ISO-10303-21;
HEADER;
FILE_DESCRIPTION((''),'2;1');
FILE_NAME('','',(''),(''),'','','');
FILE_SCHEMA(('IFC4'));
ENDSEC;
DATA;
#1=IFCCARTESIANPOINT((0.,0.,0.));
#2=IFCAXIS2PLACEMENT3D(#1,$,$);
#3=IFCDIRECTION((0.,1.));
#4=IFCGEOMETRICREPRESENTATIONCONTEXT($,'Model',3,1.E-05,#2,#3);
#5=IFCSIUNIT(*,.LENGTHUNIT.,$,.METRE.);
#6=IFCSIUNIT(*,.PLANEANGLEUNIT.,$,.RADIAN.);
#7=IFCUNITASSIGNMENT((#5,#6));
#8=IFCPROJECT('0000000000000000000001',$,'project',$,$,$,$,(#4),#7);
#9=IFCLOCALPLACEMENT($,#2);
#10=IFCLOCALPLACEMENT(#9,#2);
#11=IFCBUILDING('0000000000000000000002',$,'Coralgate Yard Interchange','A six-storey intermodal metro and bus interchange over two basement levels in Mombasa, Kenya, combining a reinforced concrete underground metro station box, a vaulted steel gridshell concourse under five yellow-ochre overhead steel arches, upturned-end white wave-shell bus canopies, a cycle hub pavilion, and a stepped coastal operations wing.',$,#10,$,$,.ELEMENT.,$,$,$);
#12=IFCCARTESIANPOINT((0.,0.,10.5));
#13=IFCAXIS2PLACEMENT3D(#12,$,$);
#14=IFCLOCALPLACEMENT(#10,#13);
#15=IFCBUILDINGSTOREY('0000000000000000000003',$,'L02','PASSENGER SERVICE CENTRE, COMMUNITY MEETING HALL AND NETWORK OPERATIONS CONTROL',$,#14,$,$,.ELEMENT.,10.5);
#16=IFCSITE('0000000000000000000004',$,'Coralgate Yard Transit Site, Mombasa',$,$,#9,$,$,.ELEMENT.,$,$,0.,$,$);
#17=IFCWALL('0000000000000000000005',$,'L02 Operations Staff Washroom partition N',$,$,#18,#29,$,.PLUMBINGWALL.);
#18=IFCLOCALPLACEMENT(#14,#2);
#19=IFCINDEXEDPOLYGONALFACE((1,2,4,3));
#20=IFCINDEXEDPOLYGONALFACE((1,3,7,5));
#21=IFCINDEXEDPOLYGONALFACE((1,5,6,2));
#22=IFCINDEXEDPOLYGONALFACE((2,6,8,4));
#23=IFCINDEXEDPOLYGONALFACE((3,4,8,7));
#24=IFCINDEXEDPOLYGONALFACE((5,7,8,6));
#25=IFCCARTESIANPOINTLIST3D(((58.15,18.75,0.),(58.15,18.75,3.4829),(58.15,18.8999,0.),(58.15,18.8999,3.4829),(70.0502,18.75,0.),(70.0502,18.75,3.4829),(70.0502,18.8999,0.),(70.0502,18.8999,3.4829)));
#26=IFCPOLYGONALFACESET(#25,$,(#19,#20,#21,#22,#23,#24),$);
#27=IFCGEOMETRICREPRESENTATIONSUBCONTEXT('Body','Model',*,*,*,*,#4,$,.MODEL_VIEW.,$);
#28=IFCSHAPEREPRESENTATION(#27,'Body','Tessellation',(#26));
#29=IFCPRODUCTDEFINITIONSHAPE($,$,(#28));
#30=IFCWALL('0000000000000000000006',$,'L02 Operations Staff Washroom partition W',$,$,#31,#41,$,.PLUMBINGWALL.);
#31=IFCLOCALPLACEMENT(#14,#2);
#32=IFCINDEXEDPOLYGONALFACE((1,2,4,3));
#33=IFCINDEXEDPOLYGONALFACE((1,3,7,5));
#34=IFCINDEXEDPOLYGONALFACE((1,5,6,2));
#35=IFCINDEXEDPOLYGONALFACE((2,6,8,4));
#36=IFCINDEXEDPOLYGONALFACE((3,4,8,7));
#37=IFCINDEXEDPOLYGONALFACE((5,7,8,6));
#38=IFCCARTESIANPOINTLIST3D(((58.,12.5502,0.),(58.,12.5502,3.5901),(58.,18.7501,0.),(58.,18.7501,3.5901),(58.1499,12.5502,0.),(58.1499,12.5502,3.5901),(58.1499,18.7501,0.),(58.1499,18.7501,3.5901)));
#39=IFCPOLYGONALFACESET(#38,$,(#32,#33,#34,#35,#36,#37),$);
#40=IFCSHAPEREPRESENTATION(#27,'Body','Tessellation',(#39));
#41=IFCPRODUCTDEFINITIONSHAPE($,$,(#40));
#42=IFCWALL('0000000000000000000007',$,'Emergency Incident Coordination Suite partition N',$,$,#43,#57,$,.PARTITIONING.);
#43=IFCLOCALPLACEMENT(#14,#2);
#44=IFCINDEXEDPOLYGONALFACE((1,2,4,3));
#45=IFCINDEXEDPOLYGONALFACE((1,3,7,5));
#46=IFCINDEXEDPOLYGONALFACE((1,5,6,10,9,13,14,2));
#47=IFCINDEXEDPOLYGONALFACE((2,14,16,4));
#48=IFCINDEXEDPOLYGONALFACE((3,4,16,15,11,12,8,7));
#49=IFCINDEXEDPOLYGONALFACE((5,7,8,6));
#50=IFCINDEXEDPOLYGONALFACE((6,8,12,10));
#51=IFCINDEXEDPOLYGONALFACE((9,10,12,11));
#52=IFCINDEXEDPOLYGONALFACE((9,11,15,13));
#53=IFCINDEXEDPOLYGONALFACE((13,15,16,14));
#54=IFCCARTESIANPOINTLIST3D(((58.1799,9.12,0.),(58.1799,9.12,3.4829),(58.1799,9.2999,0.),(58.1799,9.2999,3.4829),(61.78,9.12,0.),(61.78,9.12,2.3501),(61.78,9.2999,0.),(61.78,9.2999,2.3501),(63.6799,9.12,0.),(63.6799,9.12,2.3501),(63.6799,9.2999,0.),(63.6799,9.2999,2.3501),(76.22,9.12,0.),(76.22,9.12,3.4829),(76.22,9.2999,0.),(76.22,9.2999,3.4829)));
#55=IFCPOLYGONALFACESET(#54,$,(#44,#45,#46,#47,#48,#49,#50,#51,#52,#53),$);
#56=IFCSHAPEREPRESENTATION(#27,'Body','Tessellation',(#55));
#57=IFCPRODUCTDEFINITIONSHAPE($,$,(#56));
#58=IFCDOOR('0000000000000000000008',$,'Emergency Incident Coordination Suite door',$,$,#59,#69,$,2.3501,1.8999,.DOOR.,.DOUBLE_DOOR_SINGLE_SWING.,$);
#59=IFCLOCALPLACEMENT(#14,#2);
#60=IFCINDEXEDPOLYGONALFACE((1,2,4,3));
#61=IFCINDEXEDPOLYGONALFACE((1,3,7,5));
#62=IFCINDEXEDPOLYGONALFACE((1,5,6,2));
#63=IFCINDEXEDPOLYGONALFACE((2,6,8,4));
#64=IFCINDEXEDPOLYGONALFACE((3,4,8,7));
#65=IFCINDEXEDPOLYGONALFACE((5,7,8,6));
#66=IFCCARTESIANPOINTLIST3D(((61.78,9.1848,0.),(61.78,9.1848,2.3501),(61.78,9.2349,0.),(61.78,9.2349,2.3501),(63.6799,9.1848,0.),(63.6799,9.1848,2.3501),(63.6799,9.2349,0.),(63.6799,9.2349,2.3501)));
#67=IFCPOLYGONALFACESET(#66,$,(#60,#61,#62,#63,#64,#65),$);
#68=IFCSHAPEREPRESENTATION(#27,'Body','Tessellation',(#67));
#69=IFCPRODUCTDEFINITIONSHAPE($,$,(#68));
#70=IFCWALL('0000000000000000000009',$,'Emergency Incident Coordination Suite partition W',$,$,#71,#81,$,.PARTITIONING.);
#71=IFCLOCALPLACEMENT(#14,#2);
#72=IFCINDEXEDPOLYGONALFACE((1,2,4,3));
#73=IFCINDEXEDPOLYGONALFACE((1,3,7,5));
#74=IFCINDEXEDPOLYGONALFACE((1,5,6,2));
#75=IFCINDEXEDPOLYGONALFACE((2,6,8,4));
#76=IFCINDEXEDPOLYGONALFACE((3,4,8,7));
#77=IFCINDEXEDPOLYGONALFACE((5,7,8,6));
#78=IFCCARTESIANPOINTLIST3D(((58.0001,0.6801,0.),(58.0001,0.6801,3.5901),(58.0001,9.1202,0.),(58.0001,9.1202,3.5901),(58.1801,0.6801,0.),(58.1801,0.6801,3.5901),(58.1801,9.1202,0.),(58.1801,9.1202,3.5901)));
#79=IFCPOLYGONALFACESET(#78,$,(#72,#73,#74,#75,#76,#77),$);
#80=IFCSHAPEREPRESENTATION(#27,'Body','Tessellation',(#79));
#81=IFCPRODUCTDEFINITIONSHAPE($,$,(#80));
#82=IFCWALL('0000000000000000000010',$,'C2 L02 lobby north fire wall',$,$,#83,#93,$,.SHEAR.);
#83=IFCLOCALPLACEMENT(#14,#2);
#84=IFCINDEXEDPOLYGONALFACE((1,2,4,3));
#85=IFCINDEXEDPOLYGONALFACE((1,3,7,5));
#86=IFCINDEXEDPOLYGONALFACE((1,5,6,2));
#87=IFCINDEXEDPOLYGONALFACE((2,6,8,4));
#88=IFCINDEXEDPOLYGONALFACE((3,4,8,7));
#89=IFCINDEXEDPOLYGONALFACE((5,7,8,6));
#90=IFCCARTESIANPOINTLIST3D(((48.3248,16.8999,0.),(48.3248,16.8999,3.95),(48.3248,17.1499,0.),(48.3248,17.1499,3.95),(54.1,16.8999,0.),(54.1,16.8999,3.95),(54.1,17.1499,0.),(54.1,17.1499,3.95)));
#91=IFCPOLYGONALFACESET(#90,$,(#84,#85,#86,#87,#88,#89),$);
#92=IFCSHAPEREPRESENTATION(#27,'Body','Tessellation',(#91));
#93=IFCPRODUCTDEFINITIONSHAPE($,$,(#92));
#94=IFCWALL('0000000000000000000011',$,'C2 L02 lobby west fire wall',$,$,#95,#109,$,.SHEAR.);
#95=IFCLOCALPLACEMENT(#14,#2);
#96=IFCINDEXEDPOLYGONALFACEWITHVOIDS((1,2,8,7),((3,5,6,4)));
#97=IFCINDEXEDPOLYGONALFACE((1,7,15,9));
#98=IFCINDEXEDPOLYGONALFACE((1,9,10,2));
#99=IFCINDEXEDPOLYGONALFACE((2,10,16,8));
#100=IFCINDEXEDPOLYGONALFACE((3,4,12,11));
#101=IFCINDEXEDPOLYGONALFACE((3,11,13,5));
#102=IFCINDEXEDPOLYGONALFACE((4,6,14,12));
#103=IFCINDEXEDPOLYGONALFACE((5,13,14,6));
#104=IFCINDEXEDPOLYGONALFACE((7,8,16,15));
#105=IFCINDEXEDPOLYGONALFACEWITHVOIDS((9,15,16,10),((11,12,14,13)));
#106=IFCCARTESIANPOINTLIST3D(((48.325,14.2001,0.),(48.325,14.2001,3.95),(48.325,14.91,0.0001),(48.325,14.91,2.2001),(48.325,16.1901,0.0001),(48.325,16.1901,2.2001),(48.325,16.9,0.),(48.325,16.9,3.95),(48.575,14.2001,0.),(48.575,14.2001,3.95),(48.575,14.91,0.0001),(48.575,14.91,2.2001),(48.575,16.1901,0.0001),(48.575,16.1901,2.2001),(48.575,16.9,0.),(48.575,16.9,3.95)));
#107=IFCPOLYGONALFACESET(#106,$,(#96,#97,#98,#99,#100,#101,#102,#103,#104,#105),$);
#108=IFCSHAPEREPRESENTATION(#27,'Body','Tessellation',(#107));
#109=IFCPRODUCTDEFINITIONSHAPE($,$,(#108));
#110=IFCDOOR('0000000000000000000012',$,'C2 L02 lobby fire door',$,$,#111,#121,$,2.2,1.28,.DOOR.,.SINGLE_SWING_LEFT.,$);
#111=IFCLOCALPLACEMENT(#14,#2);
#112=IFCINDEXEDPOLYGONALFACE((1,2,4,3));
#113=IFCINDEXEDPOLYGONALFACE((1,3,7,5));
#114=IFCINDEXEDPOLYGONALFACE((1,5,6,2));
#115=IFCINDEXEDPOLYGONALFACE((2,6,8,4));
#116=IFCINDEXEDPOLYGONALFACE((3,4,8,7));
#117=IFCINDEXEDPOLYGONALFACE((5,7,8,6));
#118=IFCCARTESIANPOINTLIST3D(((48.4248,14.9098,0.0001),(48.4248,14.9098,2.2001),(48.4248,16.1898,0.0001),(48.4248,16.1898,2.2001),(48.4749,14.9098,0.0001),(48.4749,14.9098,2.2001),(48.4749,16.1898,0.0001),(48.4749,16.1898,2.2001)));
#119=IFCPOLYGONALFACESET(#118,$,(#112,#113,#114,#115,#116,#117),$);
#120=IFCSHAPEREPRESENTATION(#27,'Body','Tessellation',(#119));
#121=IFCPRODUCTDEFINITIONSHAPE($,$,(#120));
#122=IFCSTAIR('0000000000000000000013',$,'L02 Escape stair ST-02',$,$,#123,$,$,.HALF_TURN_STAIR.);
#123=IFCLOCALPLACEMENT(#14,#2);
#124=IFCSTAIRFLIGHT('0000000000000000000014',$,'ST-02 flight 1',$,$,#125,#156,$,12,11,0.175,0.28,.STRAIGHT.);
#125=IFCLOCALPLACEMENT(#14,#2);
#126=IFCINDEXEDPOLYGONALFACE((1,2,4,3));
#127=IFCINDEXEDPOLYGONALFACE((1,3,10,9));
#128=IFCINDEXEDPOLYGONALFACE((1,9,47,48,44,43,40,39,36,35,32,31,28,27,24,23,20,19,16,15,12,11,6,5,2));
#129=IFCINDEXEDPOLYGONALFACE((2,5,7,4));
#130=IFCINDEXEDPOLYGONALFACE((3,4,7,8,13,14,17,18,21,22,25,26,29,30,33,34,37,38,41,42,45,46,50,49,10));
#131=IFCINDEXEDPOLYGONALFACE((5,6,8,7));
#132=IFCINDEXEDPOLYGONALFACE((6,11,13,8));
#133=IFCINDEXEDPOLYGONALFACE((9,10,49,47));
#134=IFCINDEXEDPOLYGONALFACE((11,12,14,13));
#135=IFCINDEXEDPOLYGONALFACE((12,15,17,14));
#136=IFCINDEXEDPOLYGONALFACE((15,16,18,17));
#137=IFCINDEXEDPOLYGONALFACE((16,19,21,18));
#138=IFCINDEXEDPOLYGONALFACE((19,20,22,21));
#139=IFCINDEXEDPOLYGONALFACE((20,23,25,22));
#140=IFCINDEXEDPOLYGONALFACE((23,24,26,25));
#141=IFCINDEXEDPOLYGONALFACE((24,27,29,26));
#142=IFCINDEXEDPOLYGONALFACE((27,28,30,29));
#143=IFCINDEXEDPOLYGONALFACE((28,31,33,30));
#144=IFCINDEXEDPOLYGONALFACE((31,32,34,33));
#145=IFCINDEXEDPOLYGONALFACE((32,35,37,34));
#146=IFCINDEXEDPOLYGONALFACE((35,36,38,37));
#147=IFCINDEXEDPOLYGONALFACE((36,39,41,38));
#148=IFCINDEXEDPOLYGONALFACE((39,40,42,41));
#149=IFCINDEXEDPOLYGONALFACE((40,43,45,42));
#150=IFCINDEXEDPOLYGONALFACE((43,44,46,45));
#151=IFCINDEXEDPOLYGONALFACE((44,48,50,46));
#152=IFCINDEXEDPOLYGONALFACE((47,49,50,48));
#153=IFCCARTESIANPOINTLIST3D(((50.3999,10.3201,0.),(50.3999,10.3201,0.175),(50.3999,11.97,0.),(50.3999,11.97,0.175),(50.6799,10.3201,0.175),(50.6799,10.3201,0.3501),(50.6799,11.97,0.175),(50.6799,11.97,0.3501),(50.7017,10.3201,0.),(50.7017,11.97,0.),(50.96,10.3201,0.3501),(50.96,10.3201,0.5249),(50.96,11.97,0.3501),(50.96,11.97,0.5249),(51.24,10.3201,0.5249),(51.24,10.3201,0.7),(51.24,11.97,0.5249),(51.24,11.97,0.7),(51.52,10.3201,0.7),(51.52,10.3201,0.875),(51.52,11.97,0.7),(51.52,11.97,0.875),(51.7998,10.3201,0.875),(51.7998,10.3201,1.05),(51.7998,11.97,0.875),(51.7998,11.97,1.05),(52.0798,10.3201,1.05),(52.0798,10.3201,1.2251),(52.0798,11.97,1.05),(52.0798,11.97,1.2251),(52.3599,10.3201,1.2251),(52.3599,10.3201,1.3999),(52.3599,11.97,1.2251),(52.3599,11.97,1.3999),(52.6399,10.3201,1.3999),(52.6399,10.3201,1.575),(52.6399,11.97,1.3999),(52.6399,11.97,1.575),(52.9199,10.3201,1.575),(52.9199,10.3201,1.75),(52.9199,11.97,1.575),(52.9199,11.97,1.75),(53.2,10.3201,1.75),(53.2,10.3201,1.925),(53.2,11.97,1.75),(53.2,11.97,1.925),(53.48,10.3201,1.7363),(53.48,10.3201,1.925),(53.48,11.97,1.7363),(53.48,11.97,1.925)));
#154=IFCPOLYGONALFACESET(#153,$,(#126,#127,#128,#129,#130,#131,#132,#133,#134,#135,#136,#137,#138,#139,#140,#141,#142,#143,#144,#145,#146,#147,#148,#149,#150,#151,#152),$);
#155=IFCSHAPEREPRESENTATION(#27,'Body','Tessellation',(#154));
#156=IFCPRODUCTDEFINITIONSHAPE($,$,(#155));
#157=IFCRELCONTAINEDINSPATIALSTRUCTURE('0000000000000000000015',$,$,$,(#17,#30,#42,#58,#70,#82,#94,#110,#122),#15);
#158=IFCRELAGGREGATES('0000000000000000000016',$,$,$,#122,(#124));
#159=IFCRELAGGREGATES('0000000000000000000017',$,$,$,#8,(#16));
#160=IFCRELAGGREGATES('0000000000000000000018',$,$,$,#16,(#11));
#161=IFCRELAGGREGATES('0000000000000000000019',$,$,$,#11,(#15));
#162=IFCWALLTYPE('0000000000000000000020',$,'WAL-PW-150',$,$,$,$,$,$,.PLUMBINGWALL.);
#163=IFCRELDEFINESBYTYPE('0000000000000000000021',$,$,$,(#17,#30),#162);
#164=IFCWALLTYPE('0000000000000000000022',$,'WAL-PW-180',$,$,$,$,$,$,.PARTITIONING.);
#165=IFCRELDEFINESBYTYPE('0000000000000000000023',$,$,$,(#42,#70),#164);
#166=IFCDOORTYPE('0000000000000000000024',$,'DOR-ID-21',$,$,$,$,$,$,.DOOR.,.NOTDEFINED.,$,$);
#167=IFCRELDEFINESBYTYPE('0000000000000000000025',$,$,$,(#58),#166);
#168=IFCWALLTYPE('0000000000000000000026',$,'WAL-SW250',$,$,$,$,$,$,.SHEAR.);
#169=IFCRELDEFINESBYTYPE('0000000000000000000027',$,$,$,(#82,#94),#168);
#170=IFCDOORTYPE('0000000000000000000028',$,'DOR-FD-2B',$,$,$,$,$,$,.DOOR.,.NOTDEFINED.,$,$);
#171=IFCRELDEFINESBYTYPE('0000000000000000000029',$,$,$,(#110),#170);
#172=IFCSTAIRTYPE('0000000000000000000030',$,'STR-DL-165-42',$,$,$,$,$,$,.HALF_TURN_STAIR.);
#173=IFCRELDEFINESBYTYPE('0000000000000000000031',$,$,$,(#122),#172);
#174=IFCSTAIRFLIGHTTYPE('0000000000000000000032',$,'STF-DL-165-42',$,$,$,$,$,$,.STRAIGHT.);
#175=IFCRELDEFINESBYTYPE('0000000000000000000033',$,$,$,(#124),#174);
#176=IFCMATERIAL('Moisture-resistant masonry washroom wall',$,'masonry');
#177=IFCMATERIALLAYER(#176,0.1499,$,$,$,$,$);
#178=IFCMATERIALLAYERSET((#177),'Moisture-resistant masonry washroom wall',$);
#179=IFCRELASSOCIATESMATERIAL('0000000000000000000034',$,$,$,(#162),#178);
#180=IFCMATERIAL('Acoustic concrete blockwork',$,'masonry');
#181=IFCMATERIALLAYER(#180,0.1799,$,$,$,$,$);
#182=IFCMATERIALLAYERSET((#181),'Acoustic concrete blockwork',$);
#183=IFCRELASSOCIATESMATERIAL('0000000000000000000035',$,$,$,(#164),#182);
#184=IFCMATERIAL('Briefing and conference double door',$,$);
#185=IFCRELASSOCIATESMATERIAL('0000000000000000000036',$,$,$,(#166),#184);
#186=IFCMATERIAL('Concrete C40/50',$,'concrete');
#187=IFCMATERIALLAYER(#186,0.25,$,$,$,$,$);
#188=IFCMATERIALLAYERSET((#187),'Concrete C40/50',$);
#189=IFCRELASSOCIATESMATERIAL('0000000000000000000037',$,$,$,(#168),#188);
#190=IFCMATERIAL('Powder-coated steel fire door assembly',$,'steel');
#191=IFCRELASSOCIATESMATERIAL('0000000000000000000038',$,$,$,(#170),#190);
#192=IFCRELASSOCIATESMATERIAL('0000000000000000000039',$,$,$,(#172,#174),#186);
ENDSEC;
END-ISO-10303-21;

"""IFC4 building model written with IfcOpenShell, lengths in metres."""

from ifc_helpers import new_model, si_unit, direction, frame, frame_2d, origin, place, context, subcontext, project, spatial, polyline, rectangle, outline, extrude, material, layer, layer_set, type_object, element, fill, aggregate, save


model = new_model("IFC4")

# Units and contexts
model_context = context("Model", 3, precision=1e-05, world=origin(), true_north=direction((0.0, 1.0)))
body_context = subcontext(model_context, "Body", "Model", "MODEL_VIEW")
ifc_project = project(units=[si_unit("LENGTHUNIT", "METRE"), si_unit("PLANEANGLEUNIT", "RADIAN")], contexts=[model_context])

# Site, building, storey
site_placement = place(None, origin())
site = spatial("IfcSite", under=ifc_project, at=site_placement, Name="Coralgate Yard Transit Site, Mombasa", CompositionType="ELEMENT", RefElevation=0.0)
building_placement = place(site_placement, origin())
building = spatial("IfcBuilding", under=site, at=building_placement, Name="Coralgate Yard Interchange", Description="A six-storey intermodal metro and bus interchange over two basement levels in Mombasa, Kenya, combining a reinforced concrete underground metro station box, a vaulted steel gridshell concourse under five yellow-ochre overhead steel arches, upturned-end white wave-shell bus canopies, a cycle hub pavilion, and a stepped coastal operations wing.", CompositionType="ELEMENT")
storey_placement = place(building_placement, frame((0.0, 0.0, 10.5)))
storey = spatial("IfcBuildingStorey", under=building, at=storey_placement, Name="L02", Description="PASSENGER SERVICE CENTRE, COMMUNITY MEETING HALL AND NETWORK OPERATIONS CONTROL", CompositionType="ELEMENT", Elevation=10.5)

# Shared definitions
ifc_material_1 = material(Name="Concrete C40/50", Category="concrete")

# Shared definitions
ifc_material_2 = material(Name="Powder-coated steel fire door assembly", Category="steel")

# Walls
ifc_material_3 = material(Name="Moisture-resistant masonry washroom wall", Category="masonry")
ifc_layer_1 = layer(ifc_material_3, 0.1499)
ifc_layer_set_1 = layer_set([ifc_layer_1], Name="Moisture-resistant masonry washroom wall")
wall_type_1 = type_object("IfcWallType", Name="WAL-PW-150", PredefinedType="PLUMBINGWALL", material=ifc_layer_set_1)
wall_1_placement = place(storey_placement, frame((58.1499, 18.825, 0.0), z_axis=(0.0, 0.0, 1.0), x_axis=(1.0, 0.0, 0.0)))
element("IfcWall", 1, at=wall_1_placement, inside=storey, type_object=wall_type_1, Name="L02 Operations Staff Washroom partition N", PredefinedType="PLUMBINGWALL", context=body_context, shape_type="SweptSolid", body=[
    extrude(rectangle(XDim=11.9001, YDim=0.1499, at=frame_2d((5.9502, 0.0))), origin(), (0.0, 0.0, 1.0), 3.4829),
])
wall_2_placement = place(storey_placement, frame((58.075, 12.55, 0.0), z_axis=(0.0, 0.0, 1.0), x_axis=(0.0, 1.0, 0.0)))
element("IfcWall", 2, at=wall_2_placement, inside=storey, type_object=wall_type_1, Name="L02 Operations Staff Washroom partition W", PredefinedType="PLUMBINGWALL", context=body_context, shape_type="SweptSolid", body=[
    extrude(rectangle(XDim=6.2, YDim=0.1499, at=frame_2d((3.1001, 0.0))), origin(), (0.0, 0.0, 1.0), 3.5901),
])

# Wall, opening, door
ifc_material_4 = material(Name="Acoustic concrete blockwork", Category="masonry")
ifc_layer_2 = layer(ifc_material_4, 0.1799)
ifc_layer_set_2 = layer_set([ifc_layer_2], Name="Acoustic concrete blockwork")
wall_type_2 = type_object("IfcWallType", Name="WAL-PW-180", PredefinedType="PARTITIONING", material=ifc_layer_set_2)
wall_3_placement = place(storey_placement, frame((58.1799, 9.21, 0.0), z_axis=(0.0, 0.0, 1.0), x_axis=(1.0, 0.0, 0.0)))
wall_3 = element("IfcWall", 3, at=wall_3_placement, inside=storey, type_object=wall_type_2, Name="Emergency Incident Coordination Suite partition N", PredefinedType="PARTITIONING", context=body_context, shape_type="SweptSolid", body=[
    extrude(rectangle(XDim=18.04, YDim=0.1799, at=frame_2d((9.02, 0.0))), origin(), (0.0, 0.0, 1.0), 3.4829),
])
opening_1_placement = place(wall_3_placement, frame((3.6001, 0.0, 0.0)))
opening_1 = element("IfcOpeningElement", 4, at=opening_1_placement, cuts=wall_3, PredefinedType="OPENING", context=body_context, shape_type="SweptSolid", body=[
    extrude(rectangle(XDim=1.8999, YDim=2.3501, at=frame_2d((0.95, 1.175))), frame((0.0, 0.0999, 0.0), z_axis=(0.0, -1.0, 0.0), x_axis=(1.0, 0.0, 0.0)), (0.0, 0.0, 1.0), 0.2),
])
ifc_material_5 = material(Name="Briefing and conference double door")
door_type_1 = type_object("IfcDoorType", Name="DOR-ID-21", OperationType="NOTDEFINED", PredefinedType="DOOR", material=ifc_material_5)
door_1_placement = place(opening_1_placement, origin())
door_1 = element("IfcDoor", 5, at=door_1_placement, inside=storey, type_object=door_type_1, Name="Emergency Incident Coordination Suite door", OperationType="DOUBLE_DOOR_SINGLE_SWING", OverallHeight=2.3501, OverallWidth=1.8999, PredefinedType="DOOR", context=body_context, shape_type="SweptSolid", body=[
    extrude(rectangle(XDim=1.8999, YDim=2.3501, at=frame_2d((0.95, 1.175))), frame((0.0, 0.0249, 0.0), z_axis=(0.0, -1.0, 0.0), x_axis=(1.0, 0.0, 0.0)), (0.0, 0.0, 1.0), 0.05),
])
fill(opening_1, door_1)

# Walls
wall_4_placement = place(storey_placement, frame((58.0901, 0.6799, 0.0), z_axis=(0.0, 0.0, 1.0), x_axis=(0.0, 1.0, 0.0)))
element("IfcWall", 6, at=wall_4_placement, inside=storey, type_object=wall_type_2, Name="Emergency Incident Coordination Suite partition W", PredefinedType="PARTITIONING", context=body_context, shape_type="SweptSolid", body=[
    extrude(rectangle(XDim=8.4402, YDim=0.1799, at=frame_2d((4.2202, 0.0))), origin(), (0.0, 0.0, 1.0), 3.5901),
])
ifc_layer_3 = layer(ifc_material_1, 0.25)
ifc_layer_set_3 = layer_set([ifc_layer_3], Name="Concrete C40/50")
wall_type_3 = type_object("IfcWallType", Name="WAL-SW250", PredefinedType="SHEAR", material=ifc_layer_set_3)
wall_5_placement = place(storey_placement, frame((54.1001, 17.0249, 0.0), z_axis=(0.0, 0.0, 1.0), x_axis=(-1.0, 0.0, 0.0)))
element("IfcWall", 7, at=wall_5_placement, inside=storey, type_object=wall_type_3, Name="C2 L02 lobby north fire wall", PredefinedType="SHEAR", context=body_context, shape_type="SweptSolid", body=[
    extrude(rectangle(XDim=5.7751, YDim=0.25, at=frame_2d((2.8877, 0.0))), origin(), (0.0, 0.0, 1.0), 3.95),
])

# Wall, opening, door
wall_6_placement = place(storey_placement, frame((48.45, 14.2, 0.0), z_axis=(0.0, 0.0, 1.0), x_axis=(0.0, 1.0, 0.0)))
wall_6 = element("IfcWall", 8, at=wall_6_placement, inside=storey, type_object=wall_type_3, Name="C2 L02 lobby west fire wall", PredefinedType="SHEAR", context=body_context, shape_type="SweptSolid", body=[
    extrude(rectangle(XDim=2.7, YDim=0.25, at=frame_2d((1.3501, 0.0))), origin(), (0.0, 0.0, 1.0), 3.95),
])
opening_2_placement = place(wall_6_placement, frame((0.71, 0.0, 0.0)))
opening_2 = element("IfcOpeningElement", 9, at=opening_2_placement, cuts=wall_6, PredefinedType="OPENING", context=body_context, shape_type="SweptSolid", body=[
    extrude(rectangle(XDim=1.28, YDim=2.2, at=frame_2d((0.6401, 1.1001))), frame((0.0, 0.135, 0.0), z_axis=(0.0, -1.0, 0.0), x_axis=(1.0, 0.0, 0.0)), (0.0, 0.0, 1.0), 0.27),
])
door_type_2 = type_object("IfcDoorType", Name="DOR-FD-2B", OperationType="NOTDEFINED", PredefinedType="DOOR", material=ifc_material_2)
door_2_placement = place(opening_2_placement, frame((1.28, 0.0, 0.0), z_axis=(0.0, 0.0, 1.0), x_axis=(-1.0, 0.0, 0.0)))
door_2 = element("IfcDoor", 10, at=door_2_placement, inside=storey, type_object=door_type_2, Name="C2 L02 lobby fire door", OperationType="SINGLE_SWING_LEFT", OverallHeight=2.2, OverallWidth=1.28, PredefinedType="DOOR", context=body_context, shape_type="SweptSolid", body=[
    extrude(rectangle(XDim=1.28, YDim=2.2, at=frame_2d((0.6401, 1.1001))), frame((0.0, 0.0249, 0.0), z_axis=(0.0, -1.0, 0.0), x_axis=(1.0, 0.0, 0.0)), (0.0, 0.0, 1.0), 0.05),
])
fill(opening_2, door_2)

# Stair, stair flight
stair_type = type_object("IfcStairType", Name="STR-DL-165-42", PredefinedType="HALF_TURN_STAIR", material=ifc_material_1)
stair_placement = place(storey_placement, origin())
stair = element("IfcStair", 11, at=stair_placement, inside=storey, type_object=stair_type, Name="L02 Escape stair ST-02", PredefinedType="HALF_TURN_STAIR")
stair_flight_type = type_object("IfcStairFlightType", Name="STF-DL-165-42", PredefinedType="STRAIGHT", material=ifc_material_1)
stair_flight_1_placement = place(storey_placement, frame((50.3999, 11.145, 0.0), z_axis=(0.0, 0.0, 1.0), x_axis=(1.0, 0.0, 0.0)))
stair_flight_1 = element("IfcStairFlight", 12, at=stair_flight_1_placement, type_object=stair_flight_type, Name="ST-02 flight 1", NumberOfRisers=12, NumberOfTreads=11, PredefinedType="STRAIGHT", RiserHeight=0.175, TreadLength=0.28, context=body_context, shape_type="SweptSolid", body=[
    extrude(outline(polyline([(0.0, 0.0), (0.0, 0.175), (0.28, 0.175), (0.28, 0.3501), (0.5601, 0.3501), (0.5601, 0.5249), (0.8401, 0.5249), (0.8401, 0.7), (1.1201, 0.7), (1.1201, 0.875), (1.3999, 0.875), (1.3999, 1.05), (1.6799, 1.05), (1.6799, 1.2251), (1.96, 1.2251), (1.96, 1.3999), (2.24, 1.3999), (2.24, 1.575), (2.52, 1.575), (2.52, 1.75), (2.8, 1.75), (2.8, 1.925), (3.0801, 1.925), (3.0801, 2.1001), (3.0801, 1.7363), (0.3018, 0.0), (0.0, 0.0)])), frame((0.0, 0.825, 0.0), z_axis=(0.0, -1.0, 0.0), x_axis=(1.0, 0.0, 0.0)), (0.0, 0.0, 1.0), 1.6499),
])
aggregate(stair, [stair_flight_1])

save(model, "model.ifc")
